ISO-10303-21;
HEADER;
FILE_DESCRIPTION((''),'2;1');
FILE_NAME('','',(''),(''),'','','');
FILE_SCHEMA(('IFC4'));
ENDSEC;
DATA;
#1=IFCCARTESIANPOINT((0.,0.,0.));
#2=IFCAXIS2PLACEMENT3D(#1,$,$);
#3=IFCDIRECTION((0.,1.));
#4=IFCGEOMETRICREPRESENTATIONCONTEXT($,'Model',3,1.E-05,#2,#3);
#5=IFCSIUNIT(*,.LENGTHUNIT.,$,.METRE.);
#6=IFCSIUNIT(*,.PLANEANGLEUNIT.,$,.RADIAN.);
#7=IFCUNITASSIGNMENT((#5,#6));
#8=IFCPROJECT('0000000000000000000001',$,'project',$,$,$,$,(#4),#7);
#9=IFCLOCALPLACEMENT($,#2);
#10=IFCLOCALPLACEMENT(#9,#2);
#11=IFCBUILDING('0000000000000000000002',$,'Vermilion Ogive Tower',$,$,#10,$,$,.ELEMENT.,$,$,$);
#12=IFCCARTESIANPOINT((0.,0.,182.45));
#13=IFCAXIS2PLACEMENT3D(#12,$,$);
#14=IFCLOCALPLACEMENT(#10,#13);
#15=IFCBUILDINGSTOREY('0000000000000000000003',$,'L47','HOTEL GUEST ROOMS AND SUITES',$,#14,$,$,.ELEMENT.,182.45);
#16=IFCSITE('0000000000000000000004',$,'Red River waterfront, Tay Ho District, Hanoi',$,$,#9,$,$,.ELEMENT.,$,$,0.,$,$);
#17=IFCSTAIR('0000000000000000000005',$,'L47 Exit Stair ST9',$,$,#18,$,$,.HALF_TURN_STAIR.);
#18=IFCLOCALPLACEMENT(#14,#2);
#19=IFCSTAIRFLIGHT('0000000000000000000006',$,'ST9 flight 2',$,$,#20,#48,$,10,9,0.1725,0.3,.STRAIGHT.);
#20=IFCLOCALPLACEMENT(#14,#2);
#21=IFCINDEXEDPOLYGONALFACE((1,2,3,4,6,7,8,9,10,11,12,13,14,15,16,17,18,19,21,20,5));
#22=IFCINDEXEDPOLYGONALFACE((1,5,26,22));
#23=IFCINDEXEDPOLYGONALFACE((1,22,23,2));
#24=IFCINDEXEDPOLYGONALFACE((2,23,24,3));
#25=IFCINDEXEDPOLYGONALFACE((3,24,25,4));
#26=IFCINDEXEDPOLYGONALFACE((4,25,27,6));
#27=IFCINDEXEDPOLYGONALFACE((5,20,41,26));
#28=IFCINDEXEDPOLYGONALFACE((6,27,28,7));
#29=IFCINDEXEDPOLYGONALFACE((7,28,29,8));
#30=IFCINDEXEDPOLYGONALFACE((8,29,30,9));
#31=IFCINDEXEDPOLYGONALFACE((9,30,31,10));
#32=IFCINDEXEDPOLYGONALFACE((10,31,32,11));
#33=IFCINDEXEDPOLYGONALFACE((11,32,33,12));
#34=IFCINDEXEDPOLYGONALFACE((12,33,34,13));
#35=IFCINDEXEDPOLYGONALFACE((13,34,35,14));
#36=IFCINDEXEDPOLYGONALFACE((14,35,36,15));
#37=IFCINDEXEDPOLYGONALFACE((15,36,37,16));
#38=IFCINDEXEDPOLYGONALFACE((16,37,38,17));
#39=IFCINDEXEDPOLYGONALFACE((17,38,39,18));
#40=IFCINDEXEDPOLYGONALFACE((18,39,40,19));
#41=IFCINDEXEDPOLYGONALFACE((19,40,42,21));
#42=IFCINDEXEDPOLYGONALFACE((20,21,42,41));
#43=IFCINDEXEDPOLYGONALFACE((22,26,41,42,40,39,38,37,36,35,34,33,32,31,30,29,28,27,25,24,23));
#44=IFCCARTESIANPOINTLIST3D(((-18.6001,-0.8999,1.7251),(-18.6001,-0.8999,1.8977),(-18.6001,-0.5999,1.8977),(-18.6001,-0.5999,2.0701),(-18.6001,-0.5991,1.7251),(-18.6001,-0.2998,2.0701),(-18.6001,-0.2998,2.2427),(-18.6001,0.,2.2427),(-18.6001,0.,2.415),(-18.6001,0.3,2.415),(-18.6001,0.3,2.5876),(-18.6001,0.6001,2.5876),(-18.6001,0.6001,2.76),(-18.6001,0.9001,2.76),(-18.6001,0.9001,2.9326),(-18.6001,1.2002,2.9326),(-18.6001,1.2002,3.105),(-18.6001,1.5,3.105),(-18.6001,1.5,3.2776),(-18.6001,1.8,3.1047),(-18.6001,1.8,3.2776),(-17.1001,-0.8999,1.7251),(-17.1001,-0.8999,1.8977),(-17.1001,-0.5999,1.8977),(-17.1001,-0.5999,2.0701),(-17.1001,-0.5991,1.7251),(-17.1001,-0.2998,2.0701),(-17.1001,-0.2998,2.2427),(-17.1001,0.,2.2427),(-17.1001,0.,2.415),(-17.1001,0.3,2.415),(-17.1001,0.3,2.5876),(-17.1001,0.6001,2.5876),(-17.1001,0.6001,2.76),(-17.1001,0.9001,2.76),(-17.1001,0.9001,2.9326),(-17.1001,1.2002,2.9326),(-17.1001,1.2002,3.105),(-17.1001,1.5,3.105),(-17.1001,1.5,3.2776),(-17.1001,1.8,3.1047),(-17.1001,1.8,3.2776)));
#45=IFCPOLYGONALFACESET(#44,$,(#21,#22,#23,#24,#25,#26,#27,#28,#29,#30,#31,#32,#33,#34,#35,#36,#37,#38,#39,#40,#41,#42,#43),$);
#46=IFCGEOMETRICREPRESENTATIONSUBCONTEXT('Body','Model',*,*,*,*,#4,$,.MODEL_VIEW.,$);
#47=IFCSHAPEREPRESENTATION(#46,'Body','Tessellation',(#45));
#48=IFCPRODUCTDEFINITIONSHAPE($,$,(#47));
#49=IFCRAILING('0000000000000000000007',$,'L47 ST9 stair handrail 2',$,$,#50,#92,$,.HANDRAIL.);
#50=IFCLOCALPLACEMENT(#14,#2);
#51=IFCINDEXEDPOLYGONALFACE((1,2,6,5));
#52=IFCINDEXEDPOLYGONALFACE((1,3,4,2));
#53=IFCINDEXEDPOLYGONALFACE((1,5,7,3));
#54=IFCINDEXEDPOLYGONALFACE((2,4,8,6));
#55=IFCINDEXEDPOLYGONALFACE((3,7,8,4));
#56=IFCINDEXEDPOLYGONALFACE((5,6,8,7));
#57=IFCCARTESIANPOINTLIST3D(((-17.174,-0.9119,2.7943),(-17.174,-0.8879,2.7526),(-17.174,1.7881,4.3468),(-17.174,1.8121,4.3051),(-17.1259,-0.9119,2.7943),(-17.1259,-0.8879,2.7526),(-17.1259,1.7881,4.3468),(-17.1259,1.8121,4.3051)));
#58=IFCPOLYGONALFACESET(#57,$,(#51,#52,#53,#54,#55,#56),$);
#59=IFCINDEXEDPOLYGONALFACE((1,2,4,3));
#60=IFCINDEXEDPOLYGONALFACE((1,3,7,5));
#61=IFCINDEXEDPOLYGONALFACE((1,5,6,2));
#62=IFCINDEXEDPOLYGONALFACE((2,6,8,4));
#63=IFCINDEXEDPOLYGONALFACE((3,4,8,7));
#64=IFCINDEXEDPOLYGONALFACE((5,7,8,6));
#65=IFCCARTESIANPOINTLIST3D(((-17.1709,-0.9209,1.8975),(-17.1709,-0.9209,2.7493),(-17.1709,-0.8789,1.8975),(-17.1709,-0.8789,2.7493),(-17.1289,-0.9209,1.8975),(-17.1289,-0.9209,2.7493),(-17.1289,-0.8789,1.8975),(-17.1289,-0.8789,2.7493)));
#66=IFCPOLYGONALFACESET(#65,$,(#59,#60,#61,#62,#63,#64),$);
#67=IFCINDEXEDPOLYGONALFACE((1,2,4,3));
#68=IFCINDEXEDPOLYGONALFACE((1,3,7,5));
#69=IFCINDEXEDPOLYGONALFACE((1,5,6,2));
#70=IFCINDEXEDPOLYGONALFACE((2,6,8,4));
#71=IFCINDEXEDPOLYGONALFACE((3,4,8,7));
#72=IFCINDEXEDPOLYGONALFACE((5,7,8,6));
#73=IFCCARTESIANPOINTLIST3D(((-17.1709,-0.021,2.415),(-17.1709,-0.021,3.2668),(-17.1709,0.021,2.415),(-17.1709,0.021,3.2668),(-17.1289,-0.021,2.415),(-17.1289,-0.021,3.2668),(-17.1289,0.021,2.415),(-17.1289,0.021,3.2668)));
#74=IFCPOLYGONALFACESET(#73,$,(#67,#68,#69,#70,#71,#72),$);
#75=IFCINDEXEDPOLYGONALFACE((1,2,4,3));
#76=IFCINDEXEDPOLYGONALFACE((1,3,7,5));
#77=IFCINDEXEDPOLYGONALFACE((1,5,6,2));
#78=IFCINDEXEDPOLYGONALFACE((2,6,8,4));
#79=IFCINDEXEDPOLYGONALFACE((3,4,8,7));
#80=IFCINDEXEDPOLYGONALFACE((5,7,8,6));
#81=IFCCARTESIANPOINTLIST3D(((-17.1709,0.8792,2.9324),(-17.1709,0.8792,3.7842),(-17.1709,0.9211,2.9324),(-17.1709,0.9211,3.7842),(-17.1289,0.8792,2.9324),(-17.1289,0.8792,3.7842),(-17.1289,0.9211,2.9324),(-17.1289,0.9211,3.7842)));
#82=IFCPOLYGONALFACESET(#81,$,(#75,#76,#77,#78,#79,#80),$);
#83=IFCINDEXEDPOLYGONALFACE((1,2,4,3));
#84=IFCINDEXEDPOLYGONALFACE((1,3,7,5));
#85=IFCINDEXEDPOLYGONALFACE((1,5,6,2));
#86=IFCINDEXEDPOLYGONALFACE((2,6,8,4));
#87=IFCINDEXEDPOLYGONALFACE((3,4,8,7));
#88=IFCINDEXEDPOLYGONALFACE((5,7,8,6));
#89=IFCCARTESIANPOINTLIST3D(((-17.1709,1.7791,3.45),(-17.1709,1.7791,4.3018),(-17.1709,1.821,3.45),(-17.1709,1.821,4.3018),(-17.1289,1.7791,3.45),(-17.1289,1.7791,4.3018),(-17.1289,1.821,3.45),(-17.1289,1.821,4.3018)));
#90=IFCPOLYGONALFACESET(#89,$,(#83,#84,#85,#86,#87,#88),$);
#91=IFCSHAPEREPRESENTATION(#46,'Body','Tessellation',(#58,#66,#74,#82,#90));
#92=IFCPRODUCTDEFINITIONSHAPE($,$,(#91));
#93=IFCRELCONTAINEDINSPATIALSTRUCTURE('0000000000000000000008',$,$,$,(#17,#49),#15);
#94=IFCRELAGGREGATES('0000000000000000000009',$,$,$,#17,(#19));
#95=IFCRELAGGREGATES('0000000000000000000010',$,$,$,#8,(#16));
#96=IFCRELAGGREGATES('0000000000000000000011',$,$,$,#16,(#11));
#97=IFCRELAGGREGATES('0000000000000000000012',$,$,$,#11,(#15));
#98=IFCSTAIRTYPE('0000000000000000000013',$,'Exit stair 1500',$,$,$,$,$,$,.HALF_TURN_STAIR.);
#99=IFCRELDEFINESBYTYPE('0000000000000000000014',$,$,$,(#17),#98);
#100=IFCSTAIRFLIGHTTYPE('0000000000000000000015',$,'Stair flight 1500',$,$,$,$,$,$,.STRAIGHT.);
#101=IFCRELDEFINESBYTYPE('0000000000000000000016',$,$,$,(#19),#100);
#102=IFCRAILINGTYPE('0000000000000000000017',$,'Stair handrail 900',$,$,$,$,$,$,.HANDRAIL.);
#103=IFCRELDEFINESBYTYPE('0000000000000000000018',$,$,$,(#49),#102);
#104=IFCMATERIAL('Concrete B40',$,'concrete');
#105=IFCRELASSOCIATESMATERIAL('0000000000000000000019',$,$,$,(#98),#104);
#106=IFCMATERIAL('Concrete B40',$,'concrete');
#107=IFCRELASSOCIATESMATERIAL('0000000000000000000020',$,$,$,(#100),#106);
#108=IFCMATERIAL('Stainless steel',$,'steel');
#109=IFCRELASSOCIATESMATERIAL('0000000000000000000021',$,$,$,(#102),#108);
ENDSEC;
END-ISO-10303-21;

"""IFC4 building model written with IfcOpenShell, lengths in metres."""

from ifc_helpers import new_model, si_unit, direction, frame, origin, origin_2d, place, context, subcontext, project, spatial, polyline, rectangle, outline, extrude, material, type_object, element, aggregate, save


model = new_model("IFC4")

# Units and contexts
model_context = context("Model", 3, precision=1e-05, world=origin(), true_north=direction((0.0, 1.0)))
body_context = subcontext(model_context, "Body", "Model", "MODEL_VIEW")
ifc_project = project(units=[si_unit("LENGTHUNIT", "METRE"), si_unit("PLANEANGLEUNIT", "RADIAN")], contexts=[model_context])

# Site, building, storey
site_placement = place(None, origin())
site = spatial("IfcSite", under=ifc_project, at=site_placement, Name="Red River waterfront, Tay Ho District, Hanoi", CompositionType="ELEMENT", RefElevation=0.0)
building_placement = place(site_placement, origin())
building = spatial("IfcBuilding", under=site, at=building_placement, Name="Vermilion Ogive Tower", CompositionType="ELEMENT")
storey_placement = place(building_placement, frame((0.0, 0.0, 182.45)))
storey = spatial("IfcBuildingStorey", under=building, at=storey_placement, Name="L47", Description="HOTEL GUEST ROOMS AND SUITES", CompositionType="ELEMENT", Elevation=182.45)

# Stair, stair flight
ifc_material_1 = material(Name="Concrete B40", Category="concrete")
stair_type = type_object("IfcStairType", Name="Exit stair 1500", PredefinedType="HALF_TURN_STAIR", material=ifc_material_1)
stair_placement = place(storey_placement, origin())
stair = element("IfcStair", 1, at=stair_placement, inside=storey, type_object=stair_type, Name="L47 Exit Stair ST9", PredefinedType="HALF_TURN_STAIR")
ifc_material_2 = material(Name="Concrete B40", Category="concrete")
stair_flight_type = type_object("IfcStairFlightType", Name="Stair flight 1500", PredefinedType="STRAIGHT", material=ifc_material_2)
stair_flight_placement = place(storey_placement, frame((-17.8501, -0.8999, 1.7251), z_axis=(0.0, 0.0, 1.0), x_axis=(0.0, 1.0, 0.0)))
stair_flight = element("IfcStairFlight", 2, at=stair_flight_placement, type_object=stair_flight_type, Name="ST9 flight 2", NumberOfRisers=10, NumberOfTreads=9, PredefinedType="STRAIGHT", RiserHeight=0.1725, TreadLength=0.3, context=body_context, shape_type="SweptSolid", body=[
    extrude(outline(polyline([(0.0, 0.0), (0.0, 0.1726), (0.3, 0.1726), (0.3, 0.345), (0.6001, 0.345), (0.6001, 0.5176), (0.8999, 0.5176), (0.8999, 0.6899), (1.2, 0.6899), (1.2, 0.8625), (1.5, 0.8625), (1.5, 1.0349), (1.8, 1.0349), (1.8, 1.2075), (2.1001, 1.2075), (2.1001, 1.3799), (2.3999, 1.3799), (2.3999, 1.5525), (2.7, 1.5525), (2.7, 1.7251), (2.7, 1.3796), (0.3008, 0.0), (0.0, 0.0)])), frame((0.0, 0.75, 0.0), z_axis=(0.0, -1.0, 0.0), x_axis=(1.0, 0.0, 0.0)), (0.0, 0.0, 1.0), 1.5),
])
aggregate(stair, [stair_flight])

# Railing
ifc_material_3 = material(Name="Stainless steel", Category="steel")
railing_type = type_object("IfcRailingType", Name="Stair handrail 900", PredefinedType="HANDRAIL", material=ifc_material_3)
railing_placement = place(storey_placement, frame((-17.1499, -0.8999, 1.8975)))
element("IfcRailing", 3, at=railing_placement, inside=storey, type_object=railing_type, Name="L47 ST9 stair handrail 2", PredefinedType="HANDRAIL", context=body_context, shape_type="SweptSolid", body=[
    extrude(rectangle(XDim=0.0481, YDim=0.0481, at=origin_2d()), frame((0.0, 0.0, 0.876), z_axis=(0.0, 0.866904, 0.498476), x_axis=(-1.0, 0.0, 0.0)), (0.0, 0.0, 1.0), 3.1145),
    extrude(rectangle(XDim=0.042, YDim=0.042, at=origin_2d()), origin(), (0.0, 0.0, 1.0), 0.8518),
    extrude(rectangle(XDim=0.042, YDim=0.042, at=origin_2d()), frame((0.0, 0.8999, 0.5176)), (0.0, 0.0, 1.0), 0.8518),
    extrude(rectangle(XDim=0.042, YDim=0.042, at=origin_2d()), frame((0.0, 1.8, 1.0349)), (0.0, 0.0, 1.0), 0.8518),
    extrude(rectangle(XDim=0.042, YDim=0.042, at=origin_2d()), frame((0.0, 2.7, 1.5525)), (0.0, 0.0, 1.0), 0.8518),
])

save(model, "model.ifc")
